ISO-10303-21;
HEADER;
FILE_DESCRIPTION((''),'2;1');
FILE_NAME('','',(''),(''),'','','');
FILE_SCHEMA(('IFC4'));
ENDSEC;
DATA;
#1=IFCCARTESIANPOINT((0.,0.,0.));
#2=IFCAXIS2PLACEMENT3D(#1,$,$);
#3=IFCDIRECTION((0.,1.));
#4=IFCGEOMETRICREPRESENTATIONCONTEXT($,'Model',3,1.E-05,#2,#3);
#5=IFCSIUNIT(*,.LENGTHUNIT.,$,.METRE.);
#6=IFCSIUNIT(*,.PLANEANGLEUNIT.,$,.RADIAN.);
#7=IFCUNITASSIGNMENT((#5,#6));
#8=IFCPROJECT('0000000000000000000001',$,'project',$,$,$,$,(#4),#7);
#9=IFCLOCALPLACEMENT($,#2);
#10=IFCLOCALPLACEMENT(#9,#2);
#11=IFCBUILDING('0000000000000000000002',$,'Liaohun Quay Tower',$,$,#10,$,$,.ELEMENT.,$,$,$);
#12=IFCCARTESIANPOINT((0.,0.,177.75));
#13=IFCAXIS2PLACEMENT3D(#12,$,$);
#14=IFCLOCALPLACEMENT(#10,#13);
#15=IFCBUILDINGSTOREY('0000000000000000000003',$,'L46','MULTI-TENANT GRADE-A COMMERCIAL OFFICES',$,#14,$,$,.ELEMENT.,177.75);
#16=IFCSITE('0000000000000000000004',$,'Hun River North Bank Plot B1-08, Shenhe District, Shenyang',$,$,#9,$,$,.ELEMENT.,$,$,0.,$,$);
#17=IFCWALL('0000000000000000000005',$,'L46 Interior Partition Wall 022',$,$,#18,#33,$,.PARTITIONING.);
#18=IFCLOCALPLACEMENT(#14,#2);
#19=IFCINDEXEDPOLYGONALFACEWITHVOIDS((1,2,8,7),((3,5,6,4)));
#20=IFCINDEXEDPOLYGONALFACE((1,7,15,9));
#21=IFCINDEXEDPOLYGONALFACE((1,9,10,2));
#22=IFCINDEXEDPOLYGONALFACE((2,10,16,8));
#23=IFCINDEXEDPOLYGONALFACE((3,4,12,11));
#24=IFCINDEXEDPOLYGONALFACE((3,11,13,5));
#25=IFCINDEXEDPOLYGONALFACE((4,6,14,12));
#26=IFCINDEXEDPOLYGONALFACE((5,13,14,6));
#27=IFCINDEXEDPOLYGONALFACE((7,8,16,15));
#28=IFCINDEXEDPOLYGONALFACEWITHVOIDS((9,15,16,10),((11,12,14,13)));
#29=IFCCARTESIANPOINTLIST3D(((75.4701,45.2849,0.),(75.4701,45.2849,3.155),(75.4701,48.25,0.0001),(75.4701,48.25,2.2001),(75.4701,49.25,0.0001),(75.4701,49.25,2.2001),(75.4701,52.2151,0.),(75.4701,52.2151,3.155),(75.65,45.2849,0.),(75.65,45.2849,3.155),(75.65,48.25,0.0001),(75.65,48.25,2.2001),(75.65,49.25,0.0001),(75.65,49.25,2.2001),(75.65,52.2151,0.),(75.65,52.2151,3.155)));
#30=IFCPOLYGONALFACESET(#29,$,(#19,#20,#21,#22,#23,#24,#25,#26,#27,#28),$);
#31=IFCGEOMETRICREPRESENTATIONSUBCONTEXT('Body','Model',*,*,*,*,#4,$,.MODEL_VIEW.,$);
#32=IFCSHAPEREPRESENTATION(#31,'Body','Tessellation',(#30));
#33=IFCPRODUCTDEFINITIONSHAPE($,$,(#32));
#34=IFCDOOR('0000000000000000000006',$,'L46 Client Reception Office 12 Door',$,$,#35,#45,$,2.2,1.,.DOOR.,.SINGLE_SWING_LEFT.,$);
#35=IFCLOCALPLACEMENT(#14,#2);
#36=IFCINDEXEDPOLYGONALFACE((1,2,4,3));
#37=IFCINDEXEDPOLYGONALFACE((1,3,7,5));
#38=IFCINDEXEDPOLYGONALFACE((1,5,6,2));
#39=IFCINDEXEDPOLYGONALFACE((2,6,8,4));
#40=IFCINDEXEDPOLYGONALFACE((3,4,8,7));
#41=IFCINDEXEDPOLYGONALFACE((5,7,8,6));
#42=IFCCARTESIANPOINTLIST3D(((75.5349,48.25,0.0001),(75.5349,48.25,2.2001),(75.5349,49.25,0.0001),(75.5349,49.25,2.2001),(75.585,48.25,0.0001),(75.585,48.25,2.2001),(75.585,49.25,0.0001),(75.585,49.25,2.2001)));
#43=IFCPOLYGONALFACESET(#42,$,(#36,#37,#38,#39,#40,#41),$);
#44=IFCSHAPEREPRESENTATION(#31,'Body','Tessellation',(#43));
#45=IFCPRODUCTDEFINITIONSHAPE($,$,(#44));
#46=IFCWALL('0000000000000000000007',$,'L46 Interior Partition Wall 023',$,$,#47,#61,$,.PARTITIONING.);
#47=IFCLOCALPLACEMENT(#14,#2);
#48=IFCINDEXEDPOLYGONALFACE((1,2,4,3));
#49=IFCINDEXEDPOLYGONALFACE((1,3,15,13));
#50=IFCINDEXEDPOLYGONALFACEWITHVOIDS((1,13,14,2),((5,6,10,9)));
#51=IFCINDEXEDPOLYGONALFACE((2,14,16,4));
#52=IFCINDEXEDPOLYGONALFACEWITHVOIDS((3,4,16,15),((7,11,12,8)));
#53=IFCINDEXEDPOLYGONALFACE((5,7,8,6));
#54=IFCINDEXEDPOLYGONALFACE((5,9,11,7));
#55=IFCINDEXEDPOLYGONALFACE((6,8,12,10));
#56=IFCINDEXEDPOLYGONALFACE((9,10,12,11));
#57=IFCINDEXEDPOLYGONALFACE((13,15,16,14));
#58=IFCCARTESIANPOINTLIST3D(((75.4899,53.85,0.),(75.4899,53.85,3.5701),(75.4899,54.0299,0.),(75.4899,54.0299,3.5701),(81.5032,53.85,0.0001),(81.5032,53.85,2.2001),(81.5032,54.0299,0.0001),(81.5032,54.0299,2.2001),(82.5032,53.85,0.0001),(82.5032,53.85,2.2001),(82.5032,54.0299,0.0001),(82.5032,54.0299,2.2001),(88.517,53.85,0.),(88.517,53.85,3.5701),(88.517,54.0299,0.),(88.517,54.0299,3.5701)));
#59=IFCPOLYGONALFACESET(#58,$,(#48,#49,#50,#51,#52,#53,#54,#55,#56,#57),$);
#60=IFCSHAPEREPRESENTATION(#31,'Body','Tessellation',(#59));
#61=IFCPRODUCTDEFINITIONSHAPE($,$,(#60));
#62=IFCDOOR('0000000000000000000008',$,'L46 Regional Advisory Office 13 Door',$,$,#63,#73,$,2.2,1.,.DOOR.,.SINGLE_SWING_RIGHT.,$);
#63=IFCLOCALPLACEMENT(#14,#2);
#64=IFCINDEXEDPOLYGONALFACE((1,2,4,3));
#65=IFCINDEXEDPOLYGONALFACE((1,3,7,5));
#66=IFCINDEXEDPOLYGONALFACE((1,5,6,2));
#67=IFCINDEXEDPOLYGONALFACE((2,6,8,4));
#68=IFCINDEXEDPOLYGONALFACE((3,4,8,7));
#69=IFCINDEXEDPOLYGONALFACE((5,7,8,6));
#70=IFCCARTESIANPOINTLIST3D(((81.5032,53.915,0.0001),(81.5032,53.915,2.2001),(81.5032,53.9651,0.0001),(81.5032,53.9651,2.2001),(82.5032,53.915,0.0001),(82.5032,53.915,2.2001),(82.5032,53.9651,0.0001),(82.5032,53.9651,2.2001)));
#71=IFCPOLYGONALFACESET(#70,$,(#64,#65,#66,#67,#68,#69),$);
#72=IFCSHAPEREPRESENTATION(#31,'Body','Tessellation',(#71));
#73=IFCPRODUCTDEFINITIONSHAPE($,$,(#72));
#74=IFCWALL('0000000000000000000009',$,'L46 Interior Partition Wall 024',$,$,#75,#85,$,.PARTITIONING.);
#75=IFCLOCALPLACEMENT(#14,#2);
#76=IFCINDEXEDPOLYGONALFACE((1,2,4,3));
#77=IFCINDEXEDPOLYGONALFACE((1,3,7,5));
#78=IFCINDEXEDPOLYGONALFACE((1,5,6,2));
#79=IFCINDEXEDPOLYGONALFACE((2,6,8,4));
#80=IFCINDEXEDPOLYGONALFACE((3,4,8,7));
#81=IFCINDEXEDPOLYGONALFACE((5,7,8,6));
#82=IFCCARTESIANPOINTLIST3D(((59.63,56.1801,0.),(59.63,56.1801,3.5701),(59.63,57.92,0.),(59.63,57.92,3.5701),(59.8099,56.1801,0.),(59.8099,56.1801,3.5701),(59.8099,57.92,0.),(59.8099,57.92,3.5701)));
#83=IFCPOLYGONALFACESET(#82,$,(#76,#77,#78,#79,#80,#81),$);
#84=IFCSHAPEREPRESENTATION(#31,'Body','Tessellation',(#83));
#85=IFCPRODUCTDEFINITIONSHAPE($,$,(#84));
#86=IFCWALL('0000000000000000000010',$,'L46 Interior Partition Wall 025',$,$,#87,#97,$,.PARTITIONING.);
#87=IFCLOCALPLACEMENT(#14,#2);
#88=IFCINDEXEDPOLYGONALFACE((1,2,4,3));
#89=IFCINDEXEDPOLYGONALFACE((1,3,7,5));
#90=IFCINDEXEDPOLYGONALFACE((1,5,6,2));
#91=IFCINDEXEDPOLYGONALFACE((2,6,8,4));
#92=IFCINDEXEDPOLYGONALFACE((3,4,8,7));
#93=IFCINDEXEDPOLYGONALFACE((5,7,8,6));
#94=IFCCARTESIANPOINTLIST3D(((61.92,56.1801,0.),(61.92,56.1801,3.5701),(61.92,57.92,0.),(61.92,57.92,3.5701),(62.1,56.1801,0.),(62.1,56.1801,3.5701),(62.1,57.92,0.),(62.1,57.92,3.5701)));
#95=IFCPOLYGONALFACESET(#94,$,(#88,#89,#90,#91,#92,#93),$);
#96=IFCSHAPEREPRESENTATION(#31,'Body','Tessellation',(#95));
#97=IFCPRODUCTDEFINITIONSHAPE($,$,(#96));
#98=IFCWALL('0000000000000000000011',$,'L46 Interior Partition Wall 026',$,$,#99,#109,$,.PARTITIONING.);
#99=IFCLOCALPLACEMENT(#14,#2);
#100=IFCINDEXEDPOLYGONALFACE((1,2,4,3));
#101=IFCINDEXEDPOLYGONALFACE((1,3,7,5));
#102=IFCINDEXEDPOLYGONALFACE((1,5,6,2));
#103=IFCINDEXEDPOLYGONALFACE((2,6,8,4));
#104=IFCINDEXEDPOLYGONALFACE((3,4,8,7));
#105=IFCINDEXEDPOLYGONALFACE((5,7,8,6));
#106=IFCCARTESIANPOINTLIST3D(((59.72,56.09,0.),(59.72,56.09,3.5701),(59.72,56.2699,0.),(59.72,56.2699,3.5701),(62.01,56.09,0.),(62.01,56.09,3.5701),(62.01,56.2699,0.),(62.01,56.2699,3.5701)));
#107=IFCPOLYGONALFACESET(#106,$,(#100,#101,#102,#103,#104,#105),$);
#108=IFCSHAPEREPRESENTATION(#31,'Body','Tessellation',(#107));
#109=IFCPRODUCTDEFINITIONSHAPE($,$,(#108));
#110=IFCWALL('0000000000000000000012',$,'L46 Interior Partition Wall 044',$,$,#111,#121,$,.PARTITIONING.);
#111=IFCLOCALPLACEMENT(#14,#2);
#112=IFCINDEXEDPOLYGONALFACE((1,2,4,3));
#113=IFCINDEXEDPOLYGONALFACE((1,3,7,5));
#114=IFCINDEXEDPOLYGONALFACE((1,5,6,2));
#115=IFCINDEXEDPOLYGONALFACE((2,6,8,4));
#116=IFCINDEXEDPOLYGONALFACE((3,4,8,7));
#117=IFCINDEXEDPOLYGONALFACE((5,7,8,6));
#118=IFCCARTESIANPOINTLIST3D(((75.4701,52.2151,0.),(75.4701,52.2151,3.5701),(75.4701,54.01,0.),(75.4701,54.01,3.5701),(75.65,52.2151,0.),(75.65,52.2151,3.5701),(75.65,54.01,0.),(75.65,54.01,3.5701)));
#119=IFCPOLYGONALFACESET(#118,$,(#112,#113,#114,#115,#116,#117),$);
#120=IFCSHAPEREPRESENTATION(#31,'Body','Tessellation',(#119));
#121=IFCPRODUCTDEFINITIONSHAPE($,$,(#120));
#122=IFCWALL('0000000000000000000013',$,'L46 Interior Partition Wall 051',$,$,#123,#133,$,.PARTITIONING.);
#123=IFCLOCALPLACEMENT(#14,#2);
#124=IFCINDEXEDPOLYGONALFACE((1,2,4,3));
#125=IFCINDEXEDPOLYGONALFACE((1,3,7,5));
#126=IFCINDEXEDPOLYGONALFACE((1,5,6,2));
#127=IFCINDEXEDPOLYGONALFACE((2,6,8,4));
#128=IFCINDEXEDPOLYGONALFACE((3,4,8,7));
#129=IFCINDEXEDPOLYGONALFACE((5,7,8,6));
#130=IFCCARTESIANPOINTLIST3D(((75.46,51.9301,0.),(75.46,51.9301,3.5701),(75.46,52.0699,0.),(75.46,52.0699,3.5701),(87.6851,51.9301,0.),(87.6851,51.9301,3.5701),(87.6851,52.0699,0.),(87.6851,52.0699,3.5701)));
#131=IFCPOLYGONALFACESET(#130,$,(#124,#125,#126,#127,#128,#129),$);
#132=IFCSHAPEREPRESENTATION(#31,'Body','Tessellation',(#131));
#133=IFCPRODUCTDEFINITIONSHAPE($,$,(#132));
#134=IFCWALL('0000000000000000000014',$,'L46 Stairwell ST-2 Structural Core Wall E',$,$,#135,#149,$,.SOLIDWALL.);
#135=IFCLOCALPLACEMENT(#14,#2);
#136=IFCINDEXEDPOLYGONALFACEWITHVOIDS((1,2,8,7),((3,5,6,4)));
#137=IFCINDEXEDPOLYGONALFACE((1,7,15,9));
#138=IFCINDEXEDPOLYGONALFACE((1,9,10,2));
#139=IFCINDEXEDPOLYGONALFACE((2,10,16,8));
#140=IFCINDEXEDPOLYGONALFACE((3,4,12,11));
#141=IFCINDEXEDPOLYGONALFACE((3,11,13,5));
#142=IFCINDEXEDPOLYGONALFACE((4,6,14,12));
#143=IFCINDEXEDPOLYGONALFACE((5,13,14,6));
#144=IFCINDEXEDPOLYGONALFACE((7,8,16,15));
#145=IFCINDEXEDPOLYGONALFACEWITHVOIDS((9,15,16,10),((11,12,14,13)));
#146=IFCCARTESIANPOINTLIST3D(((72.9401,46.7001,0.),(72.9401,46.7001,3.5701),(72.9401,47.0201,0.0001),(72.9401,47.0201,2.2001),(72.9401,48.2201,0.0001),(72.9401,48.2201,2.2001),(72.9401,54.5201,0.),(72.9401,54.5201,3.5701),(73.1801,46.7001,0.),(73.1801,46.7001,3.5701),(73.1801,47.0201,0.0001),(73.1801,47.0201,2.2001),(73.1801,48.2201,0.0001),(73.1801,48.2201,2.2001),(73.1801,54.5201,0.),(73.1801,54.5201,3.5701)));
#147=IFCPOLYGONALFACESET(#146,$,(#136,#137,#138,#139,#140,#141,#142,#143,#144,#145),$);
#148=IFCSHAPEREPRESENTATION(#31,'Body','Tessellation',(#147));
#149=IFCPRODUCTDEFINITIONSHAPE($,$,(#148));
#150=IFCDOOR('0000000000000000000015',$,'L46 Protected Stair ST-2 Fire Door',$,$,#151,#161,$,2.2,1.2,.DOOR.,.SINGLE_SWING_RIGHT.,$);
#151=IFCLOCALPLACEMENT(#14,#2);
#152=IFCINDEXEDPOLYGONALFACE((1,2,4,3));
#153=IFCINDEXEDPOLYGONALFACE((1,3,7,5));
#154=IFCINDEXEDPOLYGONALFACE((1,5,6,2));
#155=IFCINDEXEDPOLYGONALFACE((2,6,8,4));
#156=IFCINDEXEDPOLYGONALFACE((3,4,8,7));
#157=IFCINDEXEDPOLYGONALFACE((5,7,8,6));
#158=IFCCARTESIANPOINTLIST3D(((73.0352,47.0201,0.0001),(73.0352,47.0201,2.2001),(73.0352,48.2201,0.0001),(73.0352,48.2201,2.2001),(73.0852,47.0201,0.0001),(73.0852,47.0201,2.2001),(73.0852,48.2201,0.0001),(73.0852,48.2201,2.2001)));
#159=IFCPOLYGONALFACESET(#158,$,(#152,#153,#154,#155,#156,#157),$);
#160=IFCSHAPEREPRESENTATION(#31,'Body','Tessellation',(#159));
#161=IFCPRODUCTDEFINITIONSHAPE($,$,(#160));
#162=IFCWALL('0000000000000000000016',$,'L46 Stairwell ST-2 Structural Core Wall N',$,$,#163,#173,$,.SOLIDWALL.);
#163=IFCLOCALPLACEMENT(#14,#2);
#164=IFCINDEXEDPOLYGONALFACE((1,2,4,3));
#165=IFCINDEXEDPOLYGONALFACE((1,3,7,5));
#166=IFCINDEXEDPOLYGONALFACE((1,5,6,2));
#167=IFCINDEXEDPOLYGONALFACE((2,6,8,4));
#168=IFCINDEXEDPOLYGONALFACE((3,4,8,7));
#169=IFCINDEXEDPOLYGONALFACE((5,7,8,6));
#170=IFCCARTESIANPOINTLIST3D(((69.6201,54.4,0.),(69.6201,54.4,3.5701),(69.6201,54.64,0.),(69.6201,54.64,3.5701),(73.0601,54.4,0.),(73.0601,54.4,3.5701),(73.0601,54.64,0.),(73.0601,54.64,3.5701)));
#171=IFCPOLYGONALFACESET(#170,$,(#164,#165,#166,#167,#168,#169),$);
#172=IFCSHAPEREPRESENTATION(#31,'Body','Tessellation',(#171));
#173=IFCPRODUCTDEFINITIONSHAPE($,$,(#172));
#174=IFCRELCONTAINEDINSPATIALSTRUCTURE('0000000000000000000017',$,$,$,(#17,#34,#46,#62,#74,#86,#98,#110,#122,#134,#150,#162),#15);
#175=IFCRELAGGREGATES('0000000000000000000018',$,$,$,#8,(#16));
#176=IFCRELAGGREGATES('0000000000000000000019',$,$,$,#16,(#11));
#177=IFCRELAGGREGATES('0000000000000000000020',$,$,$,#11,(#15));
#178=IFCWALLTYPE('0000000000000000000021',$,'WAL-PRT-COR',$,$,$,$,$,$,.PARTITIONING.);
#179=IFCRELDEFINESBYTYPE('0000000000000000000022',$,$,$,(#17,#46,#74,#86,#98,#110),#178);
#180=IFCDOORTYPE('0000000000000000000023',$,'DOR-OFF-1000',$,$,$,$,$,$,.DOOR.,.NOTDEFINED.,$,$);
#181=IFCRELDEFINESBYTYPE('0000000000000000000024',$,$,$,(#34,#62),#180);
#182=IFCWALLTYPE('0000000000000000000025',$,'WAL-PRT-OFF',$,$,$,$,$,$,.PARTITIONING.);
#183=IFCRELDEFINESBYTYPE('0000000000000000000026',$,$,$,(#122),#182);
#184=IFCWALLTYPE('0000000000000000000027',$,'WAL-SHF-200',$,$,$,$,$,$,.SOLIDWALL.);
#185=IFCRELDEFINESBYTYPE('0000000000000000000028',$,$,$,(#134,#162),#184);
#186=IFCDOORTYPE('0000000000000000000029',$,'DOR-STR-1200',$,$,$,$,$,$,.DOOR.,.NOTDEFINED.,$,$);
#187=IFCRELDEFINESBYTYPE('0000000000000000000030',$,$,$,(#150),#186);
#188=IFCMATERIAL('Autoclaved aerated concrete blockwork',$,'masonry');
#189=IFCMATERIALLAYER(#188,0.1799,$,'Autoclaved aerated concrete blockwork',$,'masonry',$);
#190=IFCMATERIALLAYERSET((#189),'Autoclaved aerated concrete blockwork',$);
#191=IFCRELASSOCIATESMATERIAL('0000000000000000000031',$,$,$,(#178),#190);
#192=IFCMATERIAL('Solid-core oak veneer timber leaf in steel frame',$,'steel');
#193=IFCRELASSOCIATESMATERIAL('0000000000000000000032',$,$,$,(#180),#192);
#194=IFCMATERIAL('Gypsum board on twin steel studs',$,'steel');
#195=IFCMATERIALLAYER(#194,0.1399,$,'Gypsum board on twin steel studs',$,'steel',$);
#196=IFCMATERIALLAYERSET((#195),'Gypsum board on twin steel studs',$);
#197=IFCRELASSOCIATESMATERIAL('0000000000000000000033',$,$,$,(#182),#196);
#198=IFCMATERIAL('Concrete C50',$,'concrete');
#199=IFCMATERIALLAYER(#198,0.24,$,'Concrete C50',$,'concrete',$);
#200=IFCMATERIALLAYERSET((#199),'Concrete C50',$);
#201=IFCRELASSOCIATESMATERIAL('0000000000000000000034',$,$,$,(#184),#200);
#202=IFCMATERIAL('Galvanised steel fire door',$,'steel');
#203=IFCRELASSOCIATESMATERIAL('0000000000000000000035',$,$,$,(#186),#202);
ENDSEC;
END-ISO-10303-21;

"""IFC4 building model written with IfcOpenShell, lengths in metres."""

from ifc_helpers import new_model, si_unit, direction, frame, frame_2d, origin, place, context, subcontext, project, spatial, rectangle, extrude, source, transform, mapped, material, layer, layer_set, type_object, element, fill, save


model = new_model("IFC4")

# Units and contexts
model_context = context("Model", 3, precision=1e-05, world=origin(), true_north=direction((0.0, 1.0)))
body_context = subcontext(model_context, "Body", "Model", "MODEL_VIEW")
ifc_project = project(units=[si_unit("LENGTHUNIT", "METRE"), si_unit("PLANEANGLEUNIT", "RADIAN")], contexts=[model_context])

# Site, building, storey
site_placement = place(None, origin())
site = spatial("IfcSite", under=ifc_project, at=site_placement, Name="Hun River North Bank Plot B1-08, Shenhe District, Shenyang", CompositionType="ELEMENT", RefElevation=0.0)
building_placement = place(site_placement, origin())
building = spatial("IfcBuilding", under=site, at=building_placement, Name="Liaohun Quay Tower", CompositionType="ELEMENT")
storey_placement = place(building_placement, frame((0.0, 0.0, 177.75)))
storey = spatial("IfcBuildingStorey", under=building, at=storey_placement, Name="L46", Description="MULTI-TENANT GRADE-A COMMERCIAL OFFICES", CompositionType="ELEMENT", Elevation=177.75)

# Walls, openings, doors
ifc_material_1 = material(Name="Autoclaved aerated concrete blockwork", Category="masonry")
ifc_layer_1 = layer(ifc_material_1, 0.1799, Name="Autoclaved aerated concrete blockwork", Category="masonry")
ifc_layer_set_1 = layer_set([ifc_layer_1], Name="Autoclaved aerated concrete blockwork")
wall_type_1 = type_object("IfcWallType", Name="WAL-PRT-COR", PredefinedType="PARTITIONING", material=ifc_layer_set_1)
wall_1_placement = place(storey_placement, frame((75.5601, 52.2151, 0.0), z_axis=(0.0, 0.0, 1.0), x_axis=(0.0, -1.0, 0.0)))
wall_1 = element("IfcWall", 1, at=wall_1_placement, inside=storey, type_object=wall_type_1, Name="L46 Interior Partition Wall 022", PredefinedType="PARTITIONING", context=body_context, shape_type="SweptSolid", body=[
    extrude(rectangle(XDim=6.9302, YDim=0.1799, at=frame_2d((3.4651, 0.0))), origin(), (0.0, 0.0, 1.0), 3.155),
])
shared_shape_1 = source(origin(), body_context, "Body", "SweptSolid", [
    extrude(rectangle(XDim=1.0, YDim=2.2, at=frame_2d((0.5, 1.1001))), frame((0.0, 0.0999, 0.0), z_axis=(0.0, -1.0, 0.0), x_axis=(1.0, 0.0, 0.0)), (0.0, 0.0, 1.0), 0.2),
])
opening_1_placement = place(wall_1_placement, frame((2.9651, 0.0, 0.0)))
opening_1 = element("IfcOpeningElement", 2, at=opening_1_placement, cuts=wall_1, PredefinedType="OPENING", context=body_context, shape_type="MappedRepresentation", body=[
    mapped(shared_shape_1, transform((0.0, 0.0, 0.0), x_axis=(1.0, 0.0, 0.0), y_axis=(0.0, 1.0, 0.0), z_axis=(0.0, 0.0, 1.0), scale=1.0)),
])
ifc_material_2 = material(Name="Solid-core oak veneer timber leaf in steel frame", Category="steel")
door_type_1 = type_object("IfcDoorType", Name="DOR-OFF-1000", OperationType="NOTDEFINED", PredefinedType="DOOR", material=ifc_material_2)
shared_shape_2 = source(origin(), body_context, "Body", "SweptSolid", [
    extrude(rectangle(XDim=1.0, YDim=2.2, at=frame_2d((0.5, 1.1001))), frame((0.0, 0.0249, 0.0), z_axis=(0.0, -1.0, 0.0), x_axis=(1.0, 0.0, 0.0)), (0.0, 0.0, 1.0), 0.05),
])
door_1_placement = place(opening_1_placement, origin())
door_1 = element("IfcDoor", 3, at=door_1_placement, inside=storey, type_object=door_type_1, Name="L46 Client Reception Office 12 Door", OperationType="SINGLE_SWING_LEFT", OverallHeight=2.2, OverallWidth=1.0, PredefinedType="DOOR", context=body_context, shape_type="MappedRepresentation", body=[
    mapped(shared_shape_2, transform((0.0, 0.0, 0.0), x_axis=(1.0, 0.0, 0.0), y_axis=(0.0, 1.0, 0.0), z_axis=(0.0, 0.0, 1.0), scale=1.0)),
])
fill(opening_1, door_1)
wall_2_placement = place(storey_placement, frame((88.5171, 53.9399, 0.0), z_axis=(0.0, 0.0, 1.0), x_axis=(-1.0, 0.0, 0.0)))
wall_2 = element("IfcWall", 4, at=wall_2_placement, inside=storey, type_object=wall_type_1, Name="L46 Interior Partition Wall 023", PredefinedType="PARTITIONING", context=body_context, shape_type="SweptSolid", body=[
    extrude(rectangle(XDim=13.0271, YDim=0.1799, at=frame_2d((6.5137, 0.0))), origin(), (0.0, 0.0, 1.0), 3.5701),
])
opening_2_placement = place(wall_2_placement, frame((6.0139, 0.0, 0.0)))
opening_2 = element("IfcOpeningElement", 5, at=opening_2_placement, cuts=wall_2, PredefinedType="OPENING", context=body_context, shape_type="MappedRepresentation", body=[
    mapped(shared_shape_1, transform((0.0, 0.0, 0.0), x_axis=(1.0, 0.0, 0.0), y_axis=(0.0, 1.0, 0.0), z_axis=(0.0, 0.0, 1.0), scale=1.0)),
])
door_2_placement = place(opening_2_placement, origin())
door_2 = element("IfcDoor", 6, at=door_2_placement, inside=storey, type_object=door_type_1, Name="L46 Regional Advisory Office 13 Door", OperationType="SINGLE_SWING_RIGHT", OverallHeight=2.2, OverallWidth=1.0, PredefinedType="DOOR", context=body_context, shape_type="MappedRepresentation", body=[
    mapped(shared_shape_2, transform((0.0, 0.0, 0.0), x_axis=(1.0, 0.0, 0.0), y_axis=(0.0, 1.0, 0.0), z_axis=(0.0, 0.0, 1.0), scale=1.0)),
])
fill(opening_2, door_2)

# Walls
for number, where, z_axis, x_axis, name in (
    (7, (59.72, 56.1799, 0.0), (0.0, 0.0, 1.0), (0.0, 1.0, 0.0), "L46 Interior Partition Wall 024"),
    (8, (62.01, 56.1799, 0.0), (0.0, 0.0, 1.0), (0.0, 1.0, 0.0), "L46 Interior Partition Wall 025"),
):
    element("IfcWall", number, at=place(storey_placement, frame(where, z_axis=z_axis, x_axis=x_axis)), inside=storey, type_object=wall_type_1, Name=name, PredefinedType="PARTITIONING", context=body_context, shape_type="SweptSolid", body=[
        extrude(rectangle(XDim=1.74, YDim=0.1799, at=frame_2d((0.8701, 0.0))), origin(), (0.0, 0.0, 1.0), 3.5701),
    ])
wall_3_placement = place(storey_placement, frame((59.72, 56.1799, 0.0), z_axis=(0.0, 0.0, 1.0), x_axis=(1.0, 0.0, 0.0)))
element("IfcWall", 9, at=wall_3_placement, inside=storey, type_object=wall_type_1, Name="L46 Interior Partition Wall 026", PredefinedType="PARTITIONING", context=body_context, shape_type="SweptSolid", body=[
    extrude(rectangle(XDim=2.29, YDim=0.1799, at=frame_2d((1.145, 0.0))), origin(), (0.0, 0.0, 1.0), 3.5701),
])
wall_4_placement = place(storey_placement, frame((75.5601, 54.01, 0.0), z_axis=(0.0, 0.0, 1.0), x_axis=(0.0, -1.0, 0.0)))
element("IfcWall", 10, at=wall_4_placement, inside=storey, type_object=wall_type_1, Name="L46 Interior Partition Wall 044", PredefinedType="PARTITIONING", context=body_context, shape_type="SweptSolid", body=[
    extrude(rectangle(XDim=1.7949, YDim=0.1799, at=frame_2d((0.8975, 0.0))), origin(), (0.0, 0.0, 1.0), 3.5701),
])
ifc_material_3 = material(Name="Gypsum board on twin steel studs", Category="steel")
ifc_layer_2 = layer(ifc_material_3, 0.1399, Name="Gypsum board on twin steel studs", Category="steel")
ifc_layer_set_2 = layer_set([ifc_layer_2], Name="Gypsum board on twin steel studs")
wall_type_2 = type_object("IfcWallType", Name="WAL-PRT-OFF", PredefinedType="PARTITIONING", material=ifc_layer_set_2)
wall_5_placement = place(storey_placement, frame((75.46, 52.0, 0.0), z_axis=(0.0, 0.0, 1.0), x_axis=(1.0, 0.0, 0.0)))
element("IfcWall", 11, at=wall_5_placement, inside=storey, type_object=wall_type_2, Name="L46 Interior Partition Wall 051", PredefinedType="PARTITIONING", context=body_context, shape_type="SweptSolid", body=[
    extrude(rectangle(XDim=12.2251, YDim=0.1399, at=frame_2d((6.1125, 0.0))), origin(), (0.0, 0.0, 1.0), 3.5701),
])

# Wall, opening, door
ifc_material_4 = material(Name="Concrete C50", Category="concrete")
ifc_layer_3 = layer(ifc_material_4, 0.24, Name="Concrete C50", Category="concrete")
ifc_layer_set_3 = layer_set([ifc_layer_3], Name="Concrete C50")
wall_type_3 = type_object("IfcWallType", Name="WAL-SHF-200", PredefinedType="SOLIDWALL", material=ifc_layer_set_3)
wall_6_placement = place(storey_placement, frame((73.0601, 46.7, 0.0), z_axis=(0.0, 0.0, 1.0), x_axis=(0.0, 1.0, 0.0)))
wall_6 = element("IfcWall", 12, at=wall_6_placement, inside=storey, type_object=wall_type_3, Name="L46 Stairwell ST-2 Structural Core Wall E", PredefinedType="SOLIDWALL", context=body_context, shape_type="SweptSolid", body=[
    extrude(rectangle(XDim=7.8201, YDim=0.24, at=frame_2d((3.9102, 0.0))), origin(), (0.0, 0.0, 1.0), 3.5701),
])
shared_shape_3 = source(origin(), body_context, "Body", "SweptSolid", [
    extrude(rectangle(XDim=1.2, YDim=2.2, at=frame_2d((0.6001, 1.1001))), frame((0.0, 0.1299, 0.0), z_axis=(0.0, -1.0, 0.0), x_axis=(1.0, 0.0, 0.0)), (0.0, 0.0, 1.0), 0.26),
])
opening_3_placement = place(wall_6_placement, frame((0.3201, 0.0, 0.0)))
opening_3 = element("IfcOpeningElement", 13, at=opening_3_placement, cuts=wall_6, PredefinedType="OPENING", context=body_context, shape_type="MappedRepresentation", body=[
    mapped(shared_shape_3, transform((0.0, 0.0, 0.0), x_axis=(1.0, 0.0, 0.0), y_axis=(0.0, 1.0, 0.0), z_axis=(0.0, 0.0, 1.0), scale=1.0)),
])
ifc_material_5 = material(Name="Galvanised steel fire door", Category="steel")
door_type_2 = type_object("IfcDoorType", Name="DOR-STR-1200", OperationType="NOTDEFINED", PredefinedType="DOOR", material=ifc_material_5)
shared_shape_4 = source(origin(), body_context, "Body", "SweptSolid", [
    extrude(rectangle(XDim=1.2, YDim=2.2, at=frame_2d((0.6001, 1.1001))), frame((0.0, 0.0249, 0.0), z_axis=(0.0, -1.0, 0.0), x_axis=(1.0, 0.0, 0.0)), (0.0, 0.0, 1.0), 0.05),
])
door_3_placement = place(opening_3_placement, origin())
door_3 = element("IfcDoor", 14, at=door_3_placement, inside=storey, type_object=door_type_2, Name="L46 Protected Stair ST-2 Fire Door", OperationType="SINGLE_SWING_RIGHT", OverallHeight=2.2, OverallWidth=1.2, PredefinedType="DOOR", context=body_context, shape_type="MappedRepresentation", body=[
    mapped(shared_shape_4, transform((0.0, 0.0, 0.0), x_axis=(1.0, 0.0, 0.0), y_axis=(0.0, 1.0, 0.0), z_axis=(0.0, 0.0, 1.0), scale=1.0)),
])
fill(opening_3, door_3)

# Wall
wall_7_placement = place(storey_placement, frame((73.0601, 54.52, 0.0), z_axis=(0.0, 0.0, 1.0), x_axis=(-1.0, 0.0, 0.0)))
element("IfcWall", 15, at=wall_7_placement, inside=storey, type_object=wall_type_3, Name="L46 Stairwell ST-2 Structural Core Wall N", PredefinedType="SOLIDWALL", context=body_context, shape_type="SweptSolid", body=[
    extrude(rectangle(XDim=3.4399, YDim=0.24, at=frame_2d((1.72, 0.0))), origin(), (0.0, 0.0, 1.0), 3.5701),
])

save(model, "model.ifc")
